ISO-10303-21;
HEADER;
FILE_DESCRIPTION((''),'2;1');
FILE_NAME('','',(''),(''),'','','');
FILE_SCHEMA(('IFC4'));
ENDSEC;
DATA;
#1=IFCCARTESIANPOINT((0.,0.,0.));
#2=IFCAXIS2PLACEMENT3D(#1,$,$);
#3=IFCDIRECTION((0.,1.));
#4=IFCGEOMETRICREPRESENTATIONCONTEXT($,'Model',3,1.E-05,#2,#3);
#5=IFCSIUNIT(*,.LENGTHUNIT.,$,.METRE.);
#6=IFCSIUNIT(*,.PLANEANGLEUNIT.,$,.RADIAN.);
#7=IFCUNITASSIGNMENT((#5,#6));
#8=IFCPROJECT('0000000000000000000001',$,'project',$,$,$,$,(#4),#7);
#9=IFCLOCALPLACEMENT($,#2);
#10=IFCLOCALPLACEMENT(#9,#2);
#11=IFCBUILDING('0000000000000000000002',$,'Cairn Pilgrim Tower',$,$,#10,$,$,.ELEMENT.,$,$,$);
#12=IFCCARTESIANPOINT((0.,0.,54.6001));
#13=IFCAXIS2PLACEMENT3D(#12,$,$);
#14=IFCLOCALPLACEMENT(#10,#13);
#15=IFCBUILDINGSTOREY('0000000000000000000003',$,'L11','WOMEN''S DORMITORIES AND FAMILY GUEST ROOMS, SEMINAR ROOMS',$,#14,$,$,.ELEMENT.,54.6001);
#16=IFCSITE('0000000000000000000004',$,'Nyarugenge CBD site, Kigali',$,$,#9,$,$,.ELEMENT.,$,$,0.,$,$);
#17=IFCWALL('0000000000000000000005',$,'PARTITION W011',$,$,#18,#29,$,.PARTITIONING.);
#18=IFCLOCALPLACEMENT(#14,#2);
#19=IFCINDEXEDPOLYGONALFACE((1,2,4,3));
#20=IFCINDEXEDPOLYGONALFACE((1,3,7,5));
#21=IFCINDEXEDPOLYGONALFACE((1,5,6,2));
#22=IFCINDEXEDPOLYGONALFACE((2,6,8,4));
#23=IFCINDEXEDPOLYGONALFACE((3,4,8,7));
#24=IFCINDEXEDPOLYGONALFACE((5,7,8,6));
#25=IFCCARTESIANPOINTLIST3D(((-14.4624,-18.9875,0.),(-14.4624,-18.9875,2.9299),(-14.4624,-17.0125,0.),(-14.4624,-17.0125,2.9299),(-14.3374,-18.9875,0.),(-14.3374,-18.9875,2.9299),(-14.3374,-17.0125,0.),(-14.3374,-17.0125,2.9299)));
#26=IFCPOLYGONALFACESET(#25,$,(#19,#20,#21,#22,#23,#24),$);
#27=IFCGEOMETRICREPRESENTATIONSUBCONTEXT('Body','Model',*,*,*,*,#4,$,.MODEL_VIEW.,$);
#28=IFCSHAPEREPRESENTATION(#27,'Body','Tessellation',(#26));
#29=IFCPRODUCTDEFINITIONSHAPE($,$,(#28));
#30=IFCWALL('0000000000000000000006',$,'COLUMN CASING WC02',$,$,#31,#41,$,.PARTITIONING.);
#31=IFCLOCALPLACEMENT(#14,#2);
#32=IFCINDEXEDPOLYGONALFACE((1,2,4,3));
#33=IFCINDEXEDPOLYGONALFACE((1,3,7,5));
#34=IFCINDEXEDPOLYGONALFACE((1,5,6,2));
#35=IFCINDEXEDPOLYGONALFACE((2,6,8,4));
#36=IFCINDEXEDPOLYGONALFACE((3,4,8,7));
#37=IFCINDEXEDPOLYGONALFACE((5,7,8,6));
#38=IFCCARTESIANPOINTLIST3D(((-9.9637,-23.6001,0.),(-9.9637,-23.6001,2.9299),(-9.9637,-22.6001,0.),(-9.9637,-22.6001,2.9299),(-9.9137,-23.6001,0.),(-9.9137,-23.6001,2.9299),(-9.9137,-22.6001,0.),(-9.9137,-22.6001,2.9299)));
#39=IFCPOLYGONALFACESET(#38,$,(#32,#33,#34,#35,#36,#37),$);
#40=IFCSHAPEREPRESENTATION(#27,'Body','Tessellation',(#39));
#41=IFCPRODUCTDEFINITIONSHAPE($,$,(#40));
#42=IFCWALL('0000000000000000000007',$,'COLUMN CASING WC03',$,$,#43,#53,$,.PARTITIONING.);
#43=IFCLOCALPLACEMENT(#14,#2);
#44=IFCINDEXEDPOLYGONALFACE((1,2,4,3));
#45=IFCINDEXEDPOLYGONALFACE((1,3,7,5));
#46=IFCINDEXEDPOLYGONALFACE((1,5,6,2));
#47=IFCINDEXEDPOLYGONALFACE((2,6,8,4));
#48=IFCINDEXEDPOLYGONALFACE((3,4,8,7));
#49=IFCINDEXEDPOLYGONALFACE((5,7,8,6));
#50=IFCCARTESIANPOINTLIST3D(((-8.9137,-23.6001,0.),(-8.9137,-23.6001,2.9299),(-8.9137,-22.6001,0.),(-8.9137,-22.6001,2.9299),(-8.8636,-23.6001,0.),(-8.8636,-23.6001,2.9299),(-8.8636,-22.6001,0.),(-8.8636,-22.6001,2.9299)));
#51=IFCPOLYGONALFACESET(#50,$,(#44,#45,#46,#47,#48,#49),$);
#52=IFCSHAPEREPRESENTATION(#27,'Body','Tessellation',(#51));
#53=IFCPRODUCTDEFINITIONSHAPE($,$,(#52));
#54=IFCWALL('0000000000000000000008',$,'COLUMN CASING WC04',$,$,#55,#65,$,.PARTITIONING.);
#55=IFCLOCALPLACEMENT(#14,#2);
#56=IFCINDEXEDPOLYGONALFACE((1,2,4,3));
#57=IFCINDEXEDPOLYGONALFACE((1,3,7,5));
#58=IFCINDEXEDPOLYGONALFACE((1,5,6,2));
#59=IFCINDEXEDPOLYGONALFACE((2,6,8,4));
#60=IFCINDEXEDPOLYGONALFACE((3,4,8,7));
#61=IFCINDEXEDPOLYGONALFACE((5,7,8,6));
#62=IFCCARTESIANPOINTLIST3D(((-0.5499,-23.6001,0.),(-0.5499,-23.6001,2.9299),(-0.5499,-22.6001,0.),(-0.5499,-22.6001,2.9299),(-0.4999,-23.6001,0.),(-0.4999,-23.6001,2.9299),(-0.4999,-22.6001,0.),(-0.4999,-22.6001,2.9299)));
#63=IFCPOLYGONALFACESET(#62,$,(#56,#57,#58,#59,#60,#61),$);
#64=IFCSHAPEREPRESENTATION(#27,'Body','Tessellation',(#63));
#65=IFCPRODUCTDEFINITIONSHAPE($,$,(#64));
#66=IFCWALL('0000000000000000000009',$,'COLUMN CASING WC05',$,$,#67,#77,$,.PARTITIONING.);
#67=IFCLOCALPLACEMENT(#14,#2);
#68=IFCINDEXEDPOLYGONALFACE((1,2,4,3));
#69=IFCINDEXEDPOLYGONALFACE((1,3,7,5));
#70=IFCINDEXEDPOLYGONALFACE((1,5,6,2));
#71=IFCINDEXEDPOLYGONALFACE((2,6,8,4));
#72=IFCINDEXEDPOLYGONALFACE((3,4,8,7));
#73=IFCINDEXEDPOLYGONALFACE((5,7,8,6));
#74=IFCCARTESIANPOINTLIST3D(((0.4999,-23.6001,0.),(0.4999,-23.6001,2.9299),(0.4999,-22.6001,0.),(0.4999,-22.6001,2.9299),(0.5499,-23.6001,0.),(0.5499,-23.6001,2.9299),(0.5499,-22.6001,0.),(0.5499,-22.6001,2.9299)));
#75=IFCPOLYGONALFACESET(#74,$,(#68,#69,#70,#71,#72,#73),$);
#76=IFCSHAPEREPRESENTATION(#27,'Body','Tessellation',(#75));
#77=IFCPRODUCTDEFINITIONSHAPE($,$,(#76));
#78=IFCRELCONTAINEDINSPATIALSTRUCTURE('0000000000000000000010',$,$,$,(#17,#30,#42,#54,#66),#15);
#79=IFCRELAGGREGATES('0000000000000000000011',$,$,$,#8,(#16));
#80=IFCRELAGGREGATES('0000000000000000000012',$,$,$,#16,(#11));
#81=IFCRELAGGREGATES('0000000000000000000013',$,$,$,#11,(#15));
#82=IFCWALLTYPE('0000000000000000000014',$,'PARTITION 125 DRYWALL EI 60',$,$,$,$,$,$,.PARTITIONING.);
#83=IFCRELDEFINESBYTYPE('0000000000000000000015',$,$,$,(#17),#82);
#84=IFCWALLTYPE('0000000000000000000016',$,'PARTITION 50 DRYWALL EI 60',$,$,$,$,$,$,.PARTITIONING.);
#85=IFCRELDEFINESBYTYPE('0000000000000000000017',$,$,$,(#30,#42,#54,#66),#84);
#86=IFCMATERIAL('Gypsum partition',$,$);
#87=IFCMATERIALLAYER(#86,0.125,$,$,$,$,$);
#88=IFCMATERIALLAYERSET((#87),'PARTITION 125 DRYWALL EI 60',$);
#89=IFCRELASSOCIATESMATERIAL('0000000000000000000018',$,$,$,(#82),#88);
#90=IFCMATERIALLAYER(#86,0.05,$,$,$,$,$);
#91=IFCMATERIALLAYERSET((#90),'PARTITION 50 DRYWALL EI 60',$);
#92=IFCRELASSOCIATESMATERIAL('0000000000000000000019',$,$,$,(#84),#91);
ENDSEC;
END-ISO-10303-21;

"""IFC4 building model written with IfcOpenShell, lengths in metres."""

from ifc_helpers import new_model, si_unit, direction, frame, frame_2d, origin, place, context, subcontext, project, spatial, rectangle, extrude, material, layer, layer_set, type_object, element, save


model = new_model("IFC4")

# Units and contexts
model_context = context("Model", 3, precision=1e-05, world=origin(), true_north=direction((0.0, 1.0)))
body_context = subcontext(model_context, "Body", "Model", "MODEL_VIEW")
ifc_project = project(units=[si_unit("LENGTHUNIT", "METRE"), si_unit("PLANEANGLEUNIT", "RADIAN")], contexts=[model_context])

# Site, building, storey
site_placement = place(None, origin())
site = spatial("IfcSite", under=ifc_project, at=site_placement, Name="Nyarugenge CBD site, Kigali", CompositionType="ELEMENT", RefElevation=0.0)
building_placement = place(site_placement, origin())
building = spatial("IfcBuilding", under=site, at=building_placement, Name="Cairn Pilgrim Tower", CompositionType="ELEMENT")
storey_placement = place(building_placement, frame((0.0, 0.0, 54.6001)))
storey = spatial("IfcBuildingStorey", under=building, at=storey_placement, Name="L11", Description="WOMEN'S DORMITORIES AND FAMILY GUEST ROOMS, SEMINAR ROOMS", CompositionType="ELEMENT", Elevation=54.6001)

# Walls
ifc_material_1 = material(Name="Gypsum partition")
ifc_layer_1 = layer(ifc_material_1, 0.125)
ifc_layer_set_1 = layer_set([ifc_layer_1], Name="PARTITION 125 DRYWALL EI 60")
wall_type_1 = type_object("IfcWallType", Name="PARTITION 125 DRYWALL EI 60", PredefinedType="PARTITIONING", material=ifc_layer_set_1)
wall_1_placement = place(storey_placement, frame((-14.3999, -18.9875, 0.0), z_axis=(0.0, 0.0, 1.0), x_axis=(0.0, 1.0, 0.0)))
element("IfcWall", 1, at=wall_1_placement, inside=storey, type_object=wall_type_1, Name="PARTITION W011", PredefinedType="PARTITIONING", context=body_context, shape_type="SweptSolid", body=[
    extrude(rectangle(XDim=1.9751, YDim=0.125, at=frame_2d((0.9875, 0.0))), origin(), (0.0, 0.0, 1.0), 2.9299),
])
ifc_layer_2 = layer(ifc_material_1, 0.05)
ifc_layer_set_2 = layer_set([ifc_layer_2], Name="PARTITION 50 DRYWALL EI 60")
wall_type_2 = type_object("IfcWallType", Name="PARTITION 50 DRYWALL EI 60", PredefinedType="PARTITIONING", material=ifc_layer_set_2)
for number, where, z_axis, x_axis, name in (
    (2, (-9.9387, -23.6001, 0.0), (0.0, 0.0, 1.0), (0.0, 1.0, 0.0), "COLUMN CASING WC02"),
    (3, (-8.8887, -23.6001, 0.0), (0.0, 0.0, 1.0), (0.0, 1.0, 0.0), "COLUMN CASING WC03"),
    (4, (-0.5249, -23.6001, 0.0), (0.0, 0.0, 1.0), (0.0, 1.0, 0.0), "COLUMN CASING WC04"),
    (5, (0.5249, -23.6001, 0.0), (0.0, 0.0, 1.0), (0.0, 1.0, 0.0), "COLUMN CASING WC05"),
):
    element("IfcWall", number, at=place(storey_placement, frame(where, z_axis=z_axis, x_axis=x_axis)), inside=storey, type_object=wall_type_2, Name=name, PredefinedType="PARTITIONING", context=body_context, shape_type="SweptSolid", body=[
        extrude(rectangle(XDim=1.0, YDim=0.05, at=frame_2d((0.5, 0.0))), origin(), (0.0, 0.0, 1.0), 2.9299),
    ])

save(model, "model.ifc")
